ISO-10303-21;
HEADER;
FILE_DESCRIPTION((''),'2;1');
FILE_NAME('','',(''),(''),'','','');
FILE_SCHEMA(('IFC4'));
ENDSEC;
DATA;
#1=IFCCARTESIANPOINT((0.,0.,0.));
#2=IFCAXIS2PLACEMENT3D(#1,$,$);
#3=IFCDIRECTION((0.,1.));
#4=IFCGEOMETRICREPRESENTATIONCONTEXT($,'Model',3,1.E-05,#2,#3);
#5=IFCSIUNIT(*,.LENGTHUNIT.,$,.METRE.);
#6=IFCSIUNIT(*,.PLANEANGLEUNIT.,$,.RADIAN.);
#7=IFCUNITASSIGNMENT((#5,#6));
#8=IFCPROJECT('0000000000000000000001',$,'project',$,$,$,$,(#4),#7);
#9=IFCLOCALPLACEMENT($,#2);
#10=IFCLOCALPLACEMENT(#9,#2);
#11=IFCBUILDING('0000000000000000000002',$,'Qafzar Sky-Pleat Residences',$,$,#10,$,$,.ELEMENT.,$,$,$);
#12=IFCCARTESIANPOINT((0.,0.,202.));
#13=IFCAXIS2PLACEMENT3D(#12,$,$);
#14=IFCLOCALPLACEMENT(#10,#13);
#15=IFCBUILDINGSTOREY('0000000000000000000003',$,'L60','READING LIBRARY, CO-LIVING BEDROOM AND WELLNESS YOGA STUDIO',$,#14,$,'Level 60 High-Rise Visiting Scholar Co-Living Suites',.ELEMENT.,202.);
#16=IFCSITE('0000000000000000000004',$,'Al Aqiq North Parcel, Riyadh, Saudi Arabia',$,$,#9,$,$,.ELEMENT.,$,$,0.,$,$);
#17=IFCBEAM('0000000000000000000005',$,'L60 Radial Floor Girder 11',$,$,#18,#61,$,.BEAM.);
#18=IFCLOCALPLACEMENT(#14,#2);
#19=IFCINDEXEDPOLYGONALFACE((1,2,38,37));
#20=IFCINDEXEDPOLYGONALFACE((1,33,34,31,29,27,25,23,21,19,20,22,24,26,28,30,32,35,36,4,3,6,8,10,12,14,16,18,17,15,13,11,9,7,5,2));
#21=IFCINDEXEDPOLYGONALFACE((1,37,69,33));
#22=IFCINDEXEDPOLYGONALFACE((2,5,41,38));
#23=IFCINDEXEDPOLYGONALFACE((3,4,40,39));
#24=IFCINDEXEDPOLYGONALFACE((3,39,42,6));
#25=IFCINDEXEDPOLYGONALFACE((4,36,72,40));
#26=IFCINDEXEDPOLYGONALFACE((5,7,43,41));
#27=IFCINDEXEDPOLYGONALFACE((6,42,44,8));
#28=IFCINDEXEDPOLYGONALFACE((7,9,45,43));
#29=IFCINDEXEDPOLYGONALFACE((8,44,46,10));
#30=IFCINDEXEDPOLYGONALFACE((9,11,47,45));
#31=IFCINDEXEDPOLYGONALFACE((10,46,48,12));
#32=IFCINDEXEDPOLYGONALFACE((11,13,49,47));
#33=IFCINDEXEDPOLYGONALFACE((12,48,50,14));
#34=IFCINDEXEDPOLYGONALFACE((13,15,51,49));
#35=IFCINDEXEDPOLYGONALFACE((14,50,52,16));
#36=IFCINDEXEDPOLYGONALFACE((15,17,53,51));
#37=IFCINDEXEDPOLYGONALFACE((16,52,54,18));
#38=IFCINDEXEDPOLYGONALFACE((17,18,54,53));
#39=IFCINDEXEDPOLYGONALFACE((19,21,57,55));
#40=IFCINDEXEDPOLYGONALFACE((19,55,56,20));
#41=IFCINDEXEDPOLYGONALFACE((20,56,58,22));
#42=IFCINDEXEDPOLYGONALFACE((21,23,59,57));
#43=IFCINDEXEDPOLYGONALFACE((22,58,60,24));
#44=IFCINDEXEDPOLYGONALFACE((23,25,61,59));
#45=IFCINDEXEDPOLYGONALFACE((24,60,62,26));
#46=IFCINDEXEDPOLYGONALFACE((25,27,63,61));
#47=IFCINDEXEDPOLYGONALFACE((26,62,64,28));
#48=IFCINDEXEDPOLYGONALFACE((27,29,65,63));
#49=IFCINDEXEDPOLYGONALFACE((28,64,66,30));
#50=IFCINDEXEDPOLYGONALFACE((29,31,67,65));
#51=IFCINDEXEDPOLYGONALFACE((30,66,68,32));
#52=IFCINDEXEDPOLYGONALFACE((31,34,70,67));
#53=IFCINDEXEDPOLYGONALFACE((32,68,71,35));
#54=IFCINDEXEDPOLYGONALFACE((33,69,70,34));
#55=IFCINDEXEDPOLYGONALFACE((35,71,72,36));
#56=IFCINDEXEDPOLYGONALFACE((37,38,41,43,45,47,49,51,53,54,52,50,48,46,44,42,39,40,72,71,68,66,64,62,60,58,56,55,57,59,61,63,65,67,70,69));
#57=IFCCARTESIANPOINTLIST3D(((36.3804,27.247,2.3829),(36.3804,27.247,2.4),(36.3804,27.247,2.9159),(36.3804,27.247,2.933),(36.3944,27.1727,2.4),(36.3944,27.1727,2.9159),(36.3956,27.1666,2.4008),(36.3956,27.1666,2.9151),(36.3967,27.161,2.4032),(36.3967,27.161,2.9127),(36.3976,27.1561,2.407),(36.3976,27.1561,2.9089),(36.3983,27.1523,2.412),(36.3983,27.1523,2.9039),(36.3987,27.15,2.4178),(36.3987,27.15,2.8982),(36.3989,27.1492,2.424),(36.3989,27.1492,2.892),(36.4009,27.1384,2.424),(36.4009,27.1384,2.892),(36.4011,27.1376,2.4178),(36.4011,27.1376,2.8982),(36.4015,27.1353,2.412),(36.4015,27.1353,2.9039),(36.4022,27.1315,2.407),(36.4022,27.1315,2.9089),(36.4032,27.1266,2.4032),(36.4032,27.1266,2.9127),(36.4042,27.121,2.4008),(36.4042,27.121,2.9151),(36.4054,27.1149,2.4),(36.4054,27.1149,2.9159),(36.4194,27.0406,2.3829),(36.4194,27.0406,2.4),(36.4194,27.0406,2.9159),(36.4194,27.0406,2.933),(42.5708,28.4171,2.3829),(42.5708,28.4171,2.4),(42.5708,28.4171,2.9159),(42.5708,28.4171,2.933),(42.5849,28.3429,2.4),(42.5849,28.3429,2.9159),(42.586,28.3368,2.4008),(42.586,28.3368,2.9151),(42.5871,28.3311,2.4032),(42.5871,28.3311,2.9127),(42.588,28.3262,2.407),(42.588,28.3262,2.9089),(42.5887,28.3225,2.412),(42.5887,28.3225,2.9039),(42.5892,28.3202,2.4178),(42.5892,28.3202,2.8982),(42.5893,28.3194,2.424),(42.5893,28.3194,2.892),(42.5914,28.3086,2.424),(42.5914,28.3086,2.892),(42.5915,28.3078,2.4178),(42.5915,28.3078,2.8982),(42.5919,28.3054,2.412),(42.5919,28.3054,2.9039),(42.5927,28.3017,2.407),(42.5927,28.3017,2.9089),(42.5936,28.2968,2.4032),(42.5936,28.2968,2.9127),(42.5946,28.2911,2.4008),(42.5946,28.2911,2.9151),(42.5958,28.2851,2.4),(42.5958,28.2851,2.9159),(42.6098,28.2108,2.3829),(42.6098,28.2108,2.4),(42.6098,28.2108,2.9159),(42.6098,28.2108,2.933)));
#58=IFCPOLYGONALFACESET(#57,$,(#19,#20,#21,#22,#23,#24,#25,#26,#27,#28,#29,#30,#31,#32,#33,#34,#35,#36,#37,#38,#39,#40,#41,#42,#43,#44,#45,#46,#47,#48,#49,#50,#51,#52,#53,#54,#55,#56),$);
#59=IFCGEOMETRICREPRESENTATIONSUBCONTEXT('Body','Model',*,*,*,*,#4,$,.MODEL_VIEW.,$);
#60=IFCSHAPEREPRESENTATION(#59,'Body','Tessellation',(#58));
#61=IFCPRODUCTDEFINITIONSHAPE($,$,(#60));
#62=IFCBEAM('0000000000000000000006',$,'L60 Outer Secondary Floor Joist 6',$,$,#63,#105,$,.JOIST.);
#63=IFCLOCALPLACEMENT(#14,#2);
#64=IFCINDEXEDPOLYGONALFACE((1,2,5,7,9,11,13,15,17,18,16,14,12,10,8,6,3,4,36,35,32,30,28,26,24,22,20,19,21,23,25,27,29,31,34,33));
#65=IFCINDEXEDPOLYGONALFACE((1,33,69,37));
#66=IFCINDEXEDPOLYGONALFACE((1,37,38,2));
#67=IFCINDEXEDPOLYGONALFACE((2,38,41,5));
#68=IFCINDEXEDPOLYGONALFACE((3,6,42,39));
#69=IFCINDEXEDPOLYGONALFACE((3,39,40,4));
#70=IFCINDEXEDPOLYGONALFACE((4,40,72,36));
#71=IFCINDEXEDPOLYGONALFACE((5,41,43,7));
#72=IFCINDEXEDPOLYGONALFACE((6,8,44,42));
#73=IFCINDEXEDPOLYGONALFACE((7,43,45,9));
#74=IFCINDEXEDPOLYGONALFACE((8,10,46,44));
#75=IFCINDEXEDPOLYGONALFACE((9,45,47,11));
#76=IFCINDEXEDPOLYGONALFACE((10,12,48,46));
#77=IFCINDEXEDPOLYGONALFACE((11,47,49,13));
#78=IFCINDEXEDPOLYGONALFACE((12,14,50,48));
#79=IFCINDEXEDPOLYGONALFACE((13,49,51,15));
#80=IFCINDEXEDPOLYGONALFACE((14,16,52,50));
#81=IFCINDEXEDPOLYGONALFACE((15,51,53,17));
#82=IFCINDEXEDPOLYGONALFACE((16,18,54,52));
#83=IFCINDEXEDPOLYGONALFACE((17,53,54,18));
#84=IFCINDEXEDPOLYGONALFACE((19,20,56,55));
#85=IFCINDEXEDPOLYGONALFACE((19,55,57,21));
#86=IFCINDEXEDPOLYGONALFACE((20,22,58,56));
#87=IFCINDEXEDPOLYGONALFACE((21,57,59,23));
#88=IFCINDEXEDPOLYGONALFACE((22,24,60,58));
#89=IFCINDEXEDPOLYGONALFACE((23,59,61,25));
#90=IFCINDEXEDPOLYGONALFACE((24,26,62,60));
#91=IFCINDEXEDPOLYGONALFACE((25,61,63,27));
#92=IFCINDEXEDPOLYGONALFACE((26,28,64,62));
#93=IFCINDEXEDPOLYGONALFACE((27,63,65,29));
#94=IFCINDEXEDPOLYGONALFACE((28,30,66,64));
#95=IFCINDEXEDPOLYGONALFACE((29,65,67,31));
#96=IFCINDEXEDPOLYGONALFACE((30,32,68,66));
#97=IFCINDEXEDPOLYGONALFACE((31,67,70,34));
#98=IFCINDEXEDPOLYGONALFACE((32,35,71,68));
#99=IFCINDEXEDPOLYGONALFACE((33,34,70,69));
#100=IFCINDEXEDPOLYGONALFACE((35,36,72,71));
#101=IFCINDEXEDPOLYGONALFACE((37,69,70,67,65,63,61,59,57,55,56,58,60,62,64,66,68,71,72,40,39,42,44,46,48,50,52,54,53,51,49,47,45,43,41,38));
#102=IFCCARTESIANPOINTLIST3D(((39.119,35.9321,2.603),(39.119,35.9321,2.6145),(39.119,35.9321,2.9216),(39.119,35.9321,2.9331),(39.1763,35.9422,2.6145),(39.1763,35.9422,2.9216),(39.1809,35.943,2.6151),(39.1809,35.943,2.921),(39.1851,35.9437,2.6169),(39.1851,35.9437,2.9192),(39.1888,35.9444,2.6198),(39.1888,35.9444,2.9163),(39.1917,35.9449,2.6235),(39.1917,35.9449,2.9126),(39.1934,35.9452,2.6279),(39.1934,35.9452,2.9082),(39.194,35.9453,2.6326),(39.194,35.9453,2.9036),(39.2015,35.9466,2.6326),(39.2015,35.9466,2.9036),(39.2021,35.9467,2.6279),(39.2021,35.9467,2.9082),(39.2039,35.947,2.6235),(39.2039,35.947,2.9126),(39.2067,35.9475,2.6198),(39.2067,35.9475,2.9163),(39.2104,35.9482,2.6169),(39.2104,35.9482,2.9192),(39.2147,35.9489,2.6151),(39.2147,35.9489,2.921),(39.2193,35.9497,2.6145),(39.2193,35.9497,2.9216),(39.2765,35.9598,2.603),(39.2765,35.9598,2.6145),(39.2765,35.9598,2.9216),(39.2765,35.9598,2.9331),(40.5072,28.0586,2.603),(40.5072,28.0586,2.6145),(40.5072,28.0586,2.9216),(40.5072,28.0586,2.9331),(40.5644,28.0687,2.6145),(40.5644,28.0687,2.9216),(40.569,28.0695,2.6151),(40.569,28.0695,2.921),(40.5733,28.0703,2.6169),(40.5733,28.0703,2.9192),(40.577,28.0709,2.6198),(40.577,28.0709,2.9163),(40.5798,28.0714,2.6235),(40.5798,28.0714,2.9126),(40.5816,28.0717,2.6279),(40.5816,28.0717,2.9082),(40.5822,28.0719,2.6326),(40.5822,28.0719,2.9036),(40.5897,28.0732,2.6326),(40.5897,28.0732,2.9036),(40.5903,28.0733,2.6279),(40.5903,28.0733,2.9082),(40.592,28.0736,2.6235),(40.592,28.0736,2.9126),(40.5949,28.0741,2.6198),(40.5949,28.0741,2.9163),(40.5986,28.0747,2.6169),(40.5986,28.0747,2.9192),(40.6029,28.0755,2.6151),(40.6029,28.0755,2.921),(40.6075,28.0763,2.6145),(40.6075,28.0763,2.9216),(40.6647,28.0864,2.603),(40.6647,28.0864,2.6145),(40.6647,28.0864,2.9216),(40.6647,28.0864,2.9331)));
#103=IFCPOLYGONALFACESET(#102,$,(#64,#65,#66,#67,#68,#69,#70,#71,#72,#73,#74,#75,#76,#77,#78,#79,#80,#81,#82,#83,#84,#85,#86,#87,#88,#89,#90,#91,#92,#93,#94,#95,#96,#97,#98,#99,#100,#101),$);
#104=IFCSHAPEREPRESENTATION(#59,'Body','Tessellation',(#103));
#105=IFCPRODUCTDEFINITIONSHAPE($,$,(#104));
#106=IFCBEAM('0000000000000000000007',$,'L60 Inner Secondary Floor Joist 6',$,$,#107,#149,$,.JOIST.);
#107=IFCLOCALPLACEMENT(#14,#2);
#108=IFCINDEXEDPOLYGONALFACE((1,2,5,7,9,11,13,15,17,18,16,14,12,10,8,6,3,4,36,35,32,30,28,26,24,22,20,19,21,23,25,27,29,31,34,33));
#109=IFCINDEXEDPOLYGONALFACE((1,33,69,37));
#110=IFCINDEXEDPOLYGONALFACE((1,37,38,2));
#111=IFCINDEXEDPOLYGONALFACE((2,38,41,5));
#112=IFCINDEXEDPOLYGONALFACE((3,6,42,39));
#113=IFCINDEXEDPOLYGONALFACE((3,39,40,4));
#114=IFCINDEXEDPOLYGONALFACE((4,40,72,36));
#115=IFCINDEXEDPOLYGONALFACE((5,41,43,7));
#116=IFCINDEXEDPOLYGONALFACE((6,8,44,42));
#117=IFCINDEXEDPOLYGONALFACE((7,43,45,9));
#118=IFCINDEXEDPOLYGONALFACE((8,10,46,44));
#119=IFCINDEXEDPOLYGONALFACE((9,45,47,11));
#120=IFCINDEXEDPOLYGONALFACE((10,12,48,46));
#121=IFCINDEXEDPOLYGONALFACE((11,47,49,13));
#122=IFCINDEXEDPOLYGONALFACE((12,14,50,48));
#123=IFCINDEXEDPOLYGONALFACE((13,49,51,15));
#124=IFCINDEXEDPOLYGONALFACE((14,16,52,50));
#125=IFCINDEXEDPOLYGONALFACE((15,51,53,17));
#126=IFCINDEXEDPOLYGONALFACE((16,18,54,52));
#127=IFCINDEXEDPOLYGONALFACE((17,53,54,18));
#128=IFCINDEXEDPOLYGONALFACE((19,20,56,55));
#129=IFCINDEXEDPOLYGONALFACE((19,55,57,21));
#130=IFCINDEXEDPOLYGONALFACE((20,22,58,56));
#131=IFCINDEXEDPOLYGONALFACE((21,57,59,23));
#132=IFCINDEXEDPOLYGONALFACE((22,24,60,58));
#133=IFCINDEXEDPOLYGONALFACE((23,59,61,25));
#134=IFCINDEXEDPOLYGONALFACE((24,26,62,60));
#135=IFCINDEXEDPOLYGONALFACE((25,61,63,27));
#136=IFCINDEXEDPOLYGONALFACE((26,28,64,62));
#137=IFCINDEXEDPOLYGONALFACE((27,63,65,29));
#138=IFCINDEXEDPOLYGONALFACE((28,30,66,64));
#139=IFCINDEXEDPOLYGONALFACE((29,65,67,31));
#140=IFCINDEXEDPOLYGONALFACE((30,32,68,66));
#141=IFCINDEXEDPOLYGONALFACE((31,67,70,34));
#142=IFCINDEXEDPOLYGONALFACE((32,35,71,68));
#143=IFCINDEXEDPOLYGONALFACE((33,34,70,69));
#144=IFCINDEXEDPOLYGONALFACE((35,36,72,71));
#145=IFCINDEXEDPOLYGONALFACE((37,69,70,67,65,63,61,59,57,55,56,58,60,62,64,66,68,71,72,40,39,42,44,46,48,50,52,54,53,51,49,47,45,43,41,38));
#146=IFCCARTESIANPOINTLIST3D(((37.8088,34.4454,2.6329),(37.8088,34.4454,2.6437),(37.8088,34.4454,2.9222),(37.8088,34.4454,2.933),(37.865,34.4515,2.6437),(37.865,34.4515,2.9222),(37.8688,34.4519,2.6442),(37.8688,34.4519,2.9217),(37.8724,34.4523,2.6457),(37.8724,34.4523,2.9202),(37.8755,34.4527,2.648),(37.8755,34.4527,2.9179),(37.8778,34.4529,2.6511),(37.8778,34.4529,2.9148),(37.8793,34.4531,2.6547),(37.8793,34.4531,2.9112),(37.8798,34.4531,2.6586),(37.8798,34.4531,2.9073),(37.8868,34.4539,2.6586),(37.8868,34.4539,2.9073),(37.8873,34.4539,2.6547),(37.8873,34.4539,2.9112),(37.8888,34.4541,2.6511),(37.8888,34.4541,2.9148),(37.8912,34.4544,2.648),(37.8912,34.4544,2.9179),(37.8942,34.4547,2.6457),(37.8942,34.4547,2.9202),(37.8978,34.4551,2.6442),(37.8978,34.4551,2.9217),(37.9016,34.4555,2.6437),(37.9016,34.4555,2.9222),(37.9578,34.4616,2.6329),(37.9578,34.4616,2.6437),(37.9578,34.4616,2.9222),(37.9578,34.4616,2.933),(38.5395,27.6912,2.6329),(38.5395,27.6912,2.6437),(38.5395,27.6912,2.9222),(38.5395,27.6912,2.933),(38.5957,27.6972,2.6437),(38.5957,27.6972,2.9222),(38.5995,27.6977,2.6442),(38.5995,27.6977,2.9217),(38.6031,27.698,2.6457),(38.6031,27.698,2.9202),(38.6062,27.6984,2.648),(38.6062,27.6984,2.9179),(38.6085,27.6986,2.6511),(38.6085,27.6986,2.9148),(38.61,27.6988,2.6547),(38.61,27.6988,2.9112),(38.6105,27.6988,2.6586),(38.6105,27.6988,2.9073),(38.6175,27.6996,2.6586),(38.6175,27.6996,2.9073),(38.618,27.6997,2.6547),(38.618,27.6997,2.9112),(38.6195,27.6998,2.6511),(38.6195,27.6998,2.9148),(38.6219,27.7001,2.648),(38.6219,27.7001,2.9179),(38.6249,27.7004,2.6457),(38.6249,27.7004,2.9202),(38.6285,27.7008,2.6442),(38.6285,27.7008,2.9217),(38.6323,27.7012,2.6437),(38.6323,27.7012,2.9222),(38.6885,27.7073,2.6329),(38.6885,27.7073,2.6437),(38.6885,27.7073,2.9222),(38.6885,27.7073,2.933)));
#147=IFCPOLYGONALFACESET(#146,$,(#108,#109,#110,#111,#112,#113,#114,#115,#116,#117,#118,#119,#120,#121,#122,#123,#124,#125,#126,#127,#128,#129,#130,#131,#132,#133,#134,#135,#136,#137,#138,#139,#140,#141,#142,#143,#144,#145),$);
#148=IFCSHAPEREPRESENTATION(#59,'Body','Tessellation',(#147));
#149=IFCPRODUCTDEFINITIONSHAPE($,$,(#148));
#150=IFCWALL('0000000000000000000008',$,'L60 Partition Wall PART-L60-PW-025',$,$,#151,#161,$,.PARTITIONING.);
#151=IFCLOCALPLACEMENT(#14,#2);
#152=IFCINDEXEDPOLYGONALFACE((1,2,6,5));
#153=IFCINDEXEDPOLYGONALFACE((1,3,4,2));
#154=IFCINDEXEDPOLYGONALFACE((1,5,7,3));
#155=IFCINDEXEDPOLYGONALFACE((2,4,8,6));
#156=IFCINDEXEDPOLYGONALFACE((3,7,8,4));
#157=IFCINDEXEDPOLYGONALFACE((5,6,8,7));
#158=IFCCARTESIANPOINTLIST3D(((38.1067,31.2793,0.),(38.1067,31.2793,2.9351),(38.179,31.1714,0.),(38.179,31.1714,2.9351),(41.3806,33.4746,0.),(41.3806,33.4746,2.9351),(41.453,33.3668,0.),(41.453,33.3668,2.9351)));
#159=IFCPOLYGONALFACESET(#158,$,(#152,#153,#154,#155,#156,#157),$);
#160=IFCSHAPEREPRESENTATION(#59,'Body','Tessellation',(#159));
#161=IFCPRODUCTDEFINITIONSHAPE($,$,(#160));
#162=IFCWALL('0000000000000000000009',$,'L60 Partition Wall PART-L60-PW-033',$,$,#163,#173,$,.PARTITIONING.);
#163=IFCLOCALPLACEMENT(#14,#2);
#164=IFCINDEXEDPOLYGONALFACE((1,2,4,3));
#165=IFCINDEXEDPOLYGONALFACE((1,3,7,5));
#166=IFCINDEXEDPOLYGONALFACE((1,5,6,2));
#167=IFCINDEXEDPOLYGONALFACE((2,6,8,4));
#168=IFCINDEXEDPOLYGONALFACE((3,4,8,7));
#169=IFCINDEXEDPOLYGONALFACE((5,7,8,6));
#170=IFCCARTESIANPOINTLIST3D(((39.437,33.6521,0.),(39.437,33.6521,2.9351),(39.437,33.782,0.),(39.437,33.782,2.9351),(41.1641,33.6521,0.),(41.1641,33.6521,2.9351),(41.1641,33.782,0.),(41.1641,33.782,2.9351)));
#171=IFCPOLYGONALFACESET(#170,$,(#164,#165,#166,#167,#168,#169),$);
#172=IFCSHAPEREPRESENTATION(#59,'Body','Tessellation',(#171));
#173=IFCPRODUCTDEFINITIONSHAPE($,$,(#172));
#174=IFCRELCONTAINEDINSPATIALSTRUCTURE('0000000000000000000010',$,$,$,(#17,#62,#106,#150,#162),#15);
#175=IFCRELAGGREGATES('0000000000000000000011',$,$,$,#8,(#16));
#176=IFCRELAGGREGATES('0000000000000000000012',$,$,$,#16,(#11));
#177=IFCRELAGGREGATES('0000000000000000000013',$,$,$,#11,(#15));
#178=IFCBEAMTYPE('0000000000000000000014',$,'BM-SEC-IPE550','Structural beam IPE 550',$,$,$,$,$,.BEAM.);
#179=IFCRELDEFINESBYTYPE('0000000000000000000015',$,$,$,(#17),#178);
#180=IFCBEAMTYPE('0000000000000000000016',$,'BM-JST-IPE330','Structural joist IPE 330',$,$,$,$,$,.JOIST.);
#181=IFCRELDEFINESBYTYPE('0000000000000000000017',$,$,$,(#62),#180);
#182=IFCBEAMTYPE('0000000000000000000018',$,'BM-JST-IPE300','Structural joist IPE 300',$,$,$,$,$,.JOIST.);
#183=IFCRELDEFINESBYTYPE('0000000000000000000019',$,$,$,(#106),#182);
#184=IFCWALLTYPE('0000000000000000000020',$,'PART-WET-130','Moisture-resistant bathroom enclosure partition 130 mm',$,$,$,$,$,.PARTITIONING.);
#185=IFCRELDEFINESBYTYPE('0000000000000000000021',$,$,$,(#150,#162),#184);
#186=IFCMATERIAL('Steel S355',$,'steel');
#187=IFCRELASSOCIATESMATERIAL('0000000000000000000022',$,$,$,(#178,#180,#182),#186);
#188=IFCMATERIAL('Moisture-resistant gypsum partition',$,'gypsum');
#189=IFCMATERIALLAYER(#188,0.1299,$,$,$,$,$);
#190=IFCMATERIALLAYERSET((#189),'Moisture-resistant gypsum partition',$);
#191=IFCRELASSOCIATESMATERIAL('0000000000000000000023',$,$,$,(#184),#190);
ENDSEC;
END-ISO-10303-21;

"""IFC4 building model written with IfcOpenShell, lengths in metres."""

from ifc_helpers import new_model, si_unit, direction, frame, frame_2d, origin, origin_2d, place, context, subcontext, project, spatial, rectangle, i_section, extrude, source, transform, mapped, material, layer, layer_set, material_profile, profile_set, type_object, element, save


model = new_model("IFC4")

# Units and contexts
model_context = context("Model", 3, precision=1e-05, world=origin(), true_north=direction((0.0, 1.0)))
body_context = subcontext(model_context, "Body", "Model", "MODEL_VIEW")
ifc_project = project(units=[si_unit("LENGTHUNIT", "METRE"), si_unit("PLANEANGLEUNIT", "RADIAN")], contexts=[model_context])

# Site, building, storey
site_placement = place(None, origin())
site = spatial("IfcSite", under=ifc_project, at=site_placement, Name="Al Aqiq North Parcel, Riyadh, Saudi Arabia", CompositionType="ELEMENT", RefElevation=0.0)
building_placement = place(site_placement, origin())
building = spatial("IfcBuilding", under=site, at=building_placement, Name="Qafzar Sky-Pleat Residences", CompositionType="ELEMENT")
storey_placement = place(building_placement, frame((0.0, 0.0, 202.0)))
storey = spatial("IfcBuildingStorey", under=building, at=storey_placement, Name="L60", Description="READING LIBRARY, CO-LIVING BEDROOM AND WELLNESS YOGA STUDIO", LongName="Level 60 High-Rise Visiting Scholar Co-Living Suites", CompositionType="ELEMENT", Elevation=202.0)

# Shared definitions
ifc_material_1 = material(Name="Steel S355", Category="steel")

# Beams
ifc_material_profile_1 = material_profile(ifc_material_1, i_section(OverallWidth=0.21, OverallDepth=0.55, WebThickness=0.011, FlangeThickness=0.0171, FilletRadius=0.0239, at=origin_2d()), Name="IPE 550")
ifc_profile_set_1 = profile_set([ifc_material_profile_1], Name="Steel S355")
beam_type_1 = type_object("IfcBeamType", Name="BM-SEC-IPE550", Description="Structural beam IPE 550", PredefinedType="BEAM", material=ifc_profile_set_1)
shared_shape_1 = source(origin(), body_context, "Body", "SweptSolid", [
    extrude(i_section(OverallWidth=0.21, OverallDepth=0.55, WebThickness=0.011, FlangeThickness=0.0171, FilletRadius=0.0239, at=origin_2d()), origin(), (0.0, 0.0, 1.0), 6.3),
])
beam_1_placement = place(storey_placement, frame((42.5903, 28.314, 2.658), z_axis=(-0.982599, -0.185739, 0.0), x_axis=(0.185739, -0.982599, 0.0)))
element("IfcBeam", 1, at=beam_1_placement, inside=storey, type_object=beam_type_1, Name="L60 Radial Floor Girder 11", PredefinedType="BEAM", context=body_context, shape_type="MappedRepresentation", body=[
    mapped(shared_shape_1, transform((0.0, 0.0, 0.0), x_axis=(1.0, 0.0, 0.0), y_axis=(0.0, 1.0, 0.0), z_axis=(0.0, 0.0, 1.0), scale=1.0)),
])
ifc_material_profile_2 = material_profile(ifc_material_1, i_section(OverallWidth=0.1599, OverallDepth=0.3301, WebThickness=0.0076, FlangeThickness=0.0115, FilletRadius=0.0181, at=origin_2d()), Name="IPE 330")
ifc_profile_set_2 = profile_set([ifc_material_profile_2], Name="Steel S355")
beam_type_2 = type_object("IfcBeamType", Name="BM-JST-IPE330", Description="Structural joist IPE 330", PredefinedType="JOIST", material=ifc_profile_set_2)
shared_shape_2 = source(origin(), body_context, "Body", "SweptSolid", [
    extrude(i_section(OverallWidth=0.1599, OverallDepth=0.3301, WebThickness=0.0076, FlangeThickness=0.0115, FilletRadius=0.0181, at=origin_2d()), origin(), (0.0, 0.0, 1.0), 7.9949),
])
beam_2_placement = place(storey_placement, frame((40.5859, 28.0725, 2.7681), z_axis=(-0.173632, 0.984811, 0.0), x_axis=(-0.984811, -0.173632, 0.0)))
element("IfcBeam", 2, at=beam_2_placement, inside=storey, type_object=beam_type_2, Name="L60 Outer Secondary Floor Joist 6", PredefinedType="JOIST", context=body_context, shape_type="MappedRepresentation", body=[
    mapped(shared_shape_2, transform((0.0, 0.0, 0.0), x_axis=(1.0, 0.0, 0.0), y_axis=(0.0, 1.0, 0.0), z_axis=(0.0, 0.0, 1.0), scale=1.0)),
])
ifc_material_profile_3 = material_profile(ifc_material_1, i_section(OverallWidth=0.1499, OverallDepth=0.3, WebThickness=0.0071, FlangeThickness=0.0107, FilletRadius=0.0149, at=origin_2d()), Name="IPE 300")
ifc_profile_set_3 = profile_set([ifc_material_profile_3], Name="Steel S355")
beam_type_3 = type_object("IfcBeamType", Name="BM-JST-IPE300", Description="Structural joist IPE 300", PredefinedType="JOIST", material=ifc_profile_set_3)
shared_shape_3 = source(origin(), body_context, "Body", "SweptSolid", [
    extrude(i_section(OverallWidth=0.1499, OverallDepth=0.3, WebThickness=0.0071, FlangeThickness=0.0107, FilletRadius=0.0149, at=origin_2d()), origin(), (0.0, 0.0, 1.0), 6.7937),
])
beam_3_placement = place(storey_placement, frame((38.614, 27.6992, 2.783), z_axis=(-0.107556, 0.994199, 0.0), x_axis=(-0.994199, -0.107556, 0.0)))
element("IfcBeam", 3, at=beam_3_placement, inside=storey, type_object=beam_type_3, Name="L60 Inner Secondary Floor Joist 6", PredefinedType="JOIST", context=body_context, shape_type="MappedRepresentation", body=[
    mapped(shared_shape_3, transform((0.0, 0.0, 0.0), x_axis=(1.0, 0.0, 0.0), y_axis=(0.0, 1.0, 0.0), z_axis=(0.0, 0.0, 1.0), scale=1.0)),
])

# Walls
ifc_material_2 = material(Name="Moisture-resistant gypsum partition", Category="gypsum")
ifc_layer_1 = layer(ifc_material_2, 0.1299)
ifc_layer_set_1 = layer_set([ifc_layer_1], Name="Moisture-resistant gypsum partition")
wall_type_1 = type_object("IfcWallType", Name="PART-WET-130", Description="Moisture-resistant bathroom enclosure partition 130 mm", PredefinedType="PARTITIONING", material=ifc_layer_set_1)
wall_1_placement = place(storey_placement, frame((38.1428, 31.2253, 0.0), z_axis=(0.0, 0.0, 1.0), x_axis=(0.830561, 0.556928, 0.0)))
element("IfcWall", 4, at=wall_1_placement, inside=storey, type_object=wall_type_1, Name="L60 Partition Wall PART-L60-PW-025", PredefinedType="PARTITIONING", context=body_context, shape_type="SweptSolid", body=[
    extrude(rectangle(XDim=3.9419, YDim=0.1299, at=frame_2d((1.9709, 0.0))), origin(), (0.0, 0.0, 1.0), 2.9351),
])
wall_2_placement = place(storey_placement, frame((39.437, 33.717, 0.0), z_axis=(0.0, 0.0, 1.0), x_axis=(1.0, 0.0, 0.0)))
element("IfcWall", 5, at=wall_2_placement, inside=storey, type_object=wall_type_1, Name="L60 Partition Wall PART-L60-PW-033", PredefinedType="PARTITIONING", context=body_context, shape_type="SweptSolid", body=[
    extrude(rectangle(XDim=1.7271, YDim=0.1299, at=frame_2d((0.8635, 0.0))), origin(), (0.0, 0.0, 1.0), 2.9351),
])

save(model, "model.ifc")
